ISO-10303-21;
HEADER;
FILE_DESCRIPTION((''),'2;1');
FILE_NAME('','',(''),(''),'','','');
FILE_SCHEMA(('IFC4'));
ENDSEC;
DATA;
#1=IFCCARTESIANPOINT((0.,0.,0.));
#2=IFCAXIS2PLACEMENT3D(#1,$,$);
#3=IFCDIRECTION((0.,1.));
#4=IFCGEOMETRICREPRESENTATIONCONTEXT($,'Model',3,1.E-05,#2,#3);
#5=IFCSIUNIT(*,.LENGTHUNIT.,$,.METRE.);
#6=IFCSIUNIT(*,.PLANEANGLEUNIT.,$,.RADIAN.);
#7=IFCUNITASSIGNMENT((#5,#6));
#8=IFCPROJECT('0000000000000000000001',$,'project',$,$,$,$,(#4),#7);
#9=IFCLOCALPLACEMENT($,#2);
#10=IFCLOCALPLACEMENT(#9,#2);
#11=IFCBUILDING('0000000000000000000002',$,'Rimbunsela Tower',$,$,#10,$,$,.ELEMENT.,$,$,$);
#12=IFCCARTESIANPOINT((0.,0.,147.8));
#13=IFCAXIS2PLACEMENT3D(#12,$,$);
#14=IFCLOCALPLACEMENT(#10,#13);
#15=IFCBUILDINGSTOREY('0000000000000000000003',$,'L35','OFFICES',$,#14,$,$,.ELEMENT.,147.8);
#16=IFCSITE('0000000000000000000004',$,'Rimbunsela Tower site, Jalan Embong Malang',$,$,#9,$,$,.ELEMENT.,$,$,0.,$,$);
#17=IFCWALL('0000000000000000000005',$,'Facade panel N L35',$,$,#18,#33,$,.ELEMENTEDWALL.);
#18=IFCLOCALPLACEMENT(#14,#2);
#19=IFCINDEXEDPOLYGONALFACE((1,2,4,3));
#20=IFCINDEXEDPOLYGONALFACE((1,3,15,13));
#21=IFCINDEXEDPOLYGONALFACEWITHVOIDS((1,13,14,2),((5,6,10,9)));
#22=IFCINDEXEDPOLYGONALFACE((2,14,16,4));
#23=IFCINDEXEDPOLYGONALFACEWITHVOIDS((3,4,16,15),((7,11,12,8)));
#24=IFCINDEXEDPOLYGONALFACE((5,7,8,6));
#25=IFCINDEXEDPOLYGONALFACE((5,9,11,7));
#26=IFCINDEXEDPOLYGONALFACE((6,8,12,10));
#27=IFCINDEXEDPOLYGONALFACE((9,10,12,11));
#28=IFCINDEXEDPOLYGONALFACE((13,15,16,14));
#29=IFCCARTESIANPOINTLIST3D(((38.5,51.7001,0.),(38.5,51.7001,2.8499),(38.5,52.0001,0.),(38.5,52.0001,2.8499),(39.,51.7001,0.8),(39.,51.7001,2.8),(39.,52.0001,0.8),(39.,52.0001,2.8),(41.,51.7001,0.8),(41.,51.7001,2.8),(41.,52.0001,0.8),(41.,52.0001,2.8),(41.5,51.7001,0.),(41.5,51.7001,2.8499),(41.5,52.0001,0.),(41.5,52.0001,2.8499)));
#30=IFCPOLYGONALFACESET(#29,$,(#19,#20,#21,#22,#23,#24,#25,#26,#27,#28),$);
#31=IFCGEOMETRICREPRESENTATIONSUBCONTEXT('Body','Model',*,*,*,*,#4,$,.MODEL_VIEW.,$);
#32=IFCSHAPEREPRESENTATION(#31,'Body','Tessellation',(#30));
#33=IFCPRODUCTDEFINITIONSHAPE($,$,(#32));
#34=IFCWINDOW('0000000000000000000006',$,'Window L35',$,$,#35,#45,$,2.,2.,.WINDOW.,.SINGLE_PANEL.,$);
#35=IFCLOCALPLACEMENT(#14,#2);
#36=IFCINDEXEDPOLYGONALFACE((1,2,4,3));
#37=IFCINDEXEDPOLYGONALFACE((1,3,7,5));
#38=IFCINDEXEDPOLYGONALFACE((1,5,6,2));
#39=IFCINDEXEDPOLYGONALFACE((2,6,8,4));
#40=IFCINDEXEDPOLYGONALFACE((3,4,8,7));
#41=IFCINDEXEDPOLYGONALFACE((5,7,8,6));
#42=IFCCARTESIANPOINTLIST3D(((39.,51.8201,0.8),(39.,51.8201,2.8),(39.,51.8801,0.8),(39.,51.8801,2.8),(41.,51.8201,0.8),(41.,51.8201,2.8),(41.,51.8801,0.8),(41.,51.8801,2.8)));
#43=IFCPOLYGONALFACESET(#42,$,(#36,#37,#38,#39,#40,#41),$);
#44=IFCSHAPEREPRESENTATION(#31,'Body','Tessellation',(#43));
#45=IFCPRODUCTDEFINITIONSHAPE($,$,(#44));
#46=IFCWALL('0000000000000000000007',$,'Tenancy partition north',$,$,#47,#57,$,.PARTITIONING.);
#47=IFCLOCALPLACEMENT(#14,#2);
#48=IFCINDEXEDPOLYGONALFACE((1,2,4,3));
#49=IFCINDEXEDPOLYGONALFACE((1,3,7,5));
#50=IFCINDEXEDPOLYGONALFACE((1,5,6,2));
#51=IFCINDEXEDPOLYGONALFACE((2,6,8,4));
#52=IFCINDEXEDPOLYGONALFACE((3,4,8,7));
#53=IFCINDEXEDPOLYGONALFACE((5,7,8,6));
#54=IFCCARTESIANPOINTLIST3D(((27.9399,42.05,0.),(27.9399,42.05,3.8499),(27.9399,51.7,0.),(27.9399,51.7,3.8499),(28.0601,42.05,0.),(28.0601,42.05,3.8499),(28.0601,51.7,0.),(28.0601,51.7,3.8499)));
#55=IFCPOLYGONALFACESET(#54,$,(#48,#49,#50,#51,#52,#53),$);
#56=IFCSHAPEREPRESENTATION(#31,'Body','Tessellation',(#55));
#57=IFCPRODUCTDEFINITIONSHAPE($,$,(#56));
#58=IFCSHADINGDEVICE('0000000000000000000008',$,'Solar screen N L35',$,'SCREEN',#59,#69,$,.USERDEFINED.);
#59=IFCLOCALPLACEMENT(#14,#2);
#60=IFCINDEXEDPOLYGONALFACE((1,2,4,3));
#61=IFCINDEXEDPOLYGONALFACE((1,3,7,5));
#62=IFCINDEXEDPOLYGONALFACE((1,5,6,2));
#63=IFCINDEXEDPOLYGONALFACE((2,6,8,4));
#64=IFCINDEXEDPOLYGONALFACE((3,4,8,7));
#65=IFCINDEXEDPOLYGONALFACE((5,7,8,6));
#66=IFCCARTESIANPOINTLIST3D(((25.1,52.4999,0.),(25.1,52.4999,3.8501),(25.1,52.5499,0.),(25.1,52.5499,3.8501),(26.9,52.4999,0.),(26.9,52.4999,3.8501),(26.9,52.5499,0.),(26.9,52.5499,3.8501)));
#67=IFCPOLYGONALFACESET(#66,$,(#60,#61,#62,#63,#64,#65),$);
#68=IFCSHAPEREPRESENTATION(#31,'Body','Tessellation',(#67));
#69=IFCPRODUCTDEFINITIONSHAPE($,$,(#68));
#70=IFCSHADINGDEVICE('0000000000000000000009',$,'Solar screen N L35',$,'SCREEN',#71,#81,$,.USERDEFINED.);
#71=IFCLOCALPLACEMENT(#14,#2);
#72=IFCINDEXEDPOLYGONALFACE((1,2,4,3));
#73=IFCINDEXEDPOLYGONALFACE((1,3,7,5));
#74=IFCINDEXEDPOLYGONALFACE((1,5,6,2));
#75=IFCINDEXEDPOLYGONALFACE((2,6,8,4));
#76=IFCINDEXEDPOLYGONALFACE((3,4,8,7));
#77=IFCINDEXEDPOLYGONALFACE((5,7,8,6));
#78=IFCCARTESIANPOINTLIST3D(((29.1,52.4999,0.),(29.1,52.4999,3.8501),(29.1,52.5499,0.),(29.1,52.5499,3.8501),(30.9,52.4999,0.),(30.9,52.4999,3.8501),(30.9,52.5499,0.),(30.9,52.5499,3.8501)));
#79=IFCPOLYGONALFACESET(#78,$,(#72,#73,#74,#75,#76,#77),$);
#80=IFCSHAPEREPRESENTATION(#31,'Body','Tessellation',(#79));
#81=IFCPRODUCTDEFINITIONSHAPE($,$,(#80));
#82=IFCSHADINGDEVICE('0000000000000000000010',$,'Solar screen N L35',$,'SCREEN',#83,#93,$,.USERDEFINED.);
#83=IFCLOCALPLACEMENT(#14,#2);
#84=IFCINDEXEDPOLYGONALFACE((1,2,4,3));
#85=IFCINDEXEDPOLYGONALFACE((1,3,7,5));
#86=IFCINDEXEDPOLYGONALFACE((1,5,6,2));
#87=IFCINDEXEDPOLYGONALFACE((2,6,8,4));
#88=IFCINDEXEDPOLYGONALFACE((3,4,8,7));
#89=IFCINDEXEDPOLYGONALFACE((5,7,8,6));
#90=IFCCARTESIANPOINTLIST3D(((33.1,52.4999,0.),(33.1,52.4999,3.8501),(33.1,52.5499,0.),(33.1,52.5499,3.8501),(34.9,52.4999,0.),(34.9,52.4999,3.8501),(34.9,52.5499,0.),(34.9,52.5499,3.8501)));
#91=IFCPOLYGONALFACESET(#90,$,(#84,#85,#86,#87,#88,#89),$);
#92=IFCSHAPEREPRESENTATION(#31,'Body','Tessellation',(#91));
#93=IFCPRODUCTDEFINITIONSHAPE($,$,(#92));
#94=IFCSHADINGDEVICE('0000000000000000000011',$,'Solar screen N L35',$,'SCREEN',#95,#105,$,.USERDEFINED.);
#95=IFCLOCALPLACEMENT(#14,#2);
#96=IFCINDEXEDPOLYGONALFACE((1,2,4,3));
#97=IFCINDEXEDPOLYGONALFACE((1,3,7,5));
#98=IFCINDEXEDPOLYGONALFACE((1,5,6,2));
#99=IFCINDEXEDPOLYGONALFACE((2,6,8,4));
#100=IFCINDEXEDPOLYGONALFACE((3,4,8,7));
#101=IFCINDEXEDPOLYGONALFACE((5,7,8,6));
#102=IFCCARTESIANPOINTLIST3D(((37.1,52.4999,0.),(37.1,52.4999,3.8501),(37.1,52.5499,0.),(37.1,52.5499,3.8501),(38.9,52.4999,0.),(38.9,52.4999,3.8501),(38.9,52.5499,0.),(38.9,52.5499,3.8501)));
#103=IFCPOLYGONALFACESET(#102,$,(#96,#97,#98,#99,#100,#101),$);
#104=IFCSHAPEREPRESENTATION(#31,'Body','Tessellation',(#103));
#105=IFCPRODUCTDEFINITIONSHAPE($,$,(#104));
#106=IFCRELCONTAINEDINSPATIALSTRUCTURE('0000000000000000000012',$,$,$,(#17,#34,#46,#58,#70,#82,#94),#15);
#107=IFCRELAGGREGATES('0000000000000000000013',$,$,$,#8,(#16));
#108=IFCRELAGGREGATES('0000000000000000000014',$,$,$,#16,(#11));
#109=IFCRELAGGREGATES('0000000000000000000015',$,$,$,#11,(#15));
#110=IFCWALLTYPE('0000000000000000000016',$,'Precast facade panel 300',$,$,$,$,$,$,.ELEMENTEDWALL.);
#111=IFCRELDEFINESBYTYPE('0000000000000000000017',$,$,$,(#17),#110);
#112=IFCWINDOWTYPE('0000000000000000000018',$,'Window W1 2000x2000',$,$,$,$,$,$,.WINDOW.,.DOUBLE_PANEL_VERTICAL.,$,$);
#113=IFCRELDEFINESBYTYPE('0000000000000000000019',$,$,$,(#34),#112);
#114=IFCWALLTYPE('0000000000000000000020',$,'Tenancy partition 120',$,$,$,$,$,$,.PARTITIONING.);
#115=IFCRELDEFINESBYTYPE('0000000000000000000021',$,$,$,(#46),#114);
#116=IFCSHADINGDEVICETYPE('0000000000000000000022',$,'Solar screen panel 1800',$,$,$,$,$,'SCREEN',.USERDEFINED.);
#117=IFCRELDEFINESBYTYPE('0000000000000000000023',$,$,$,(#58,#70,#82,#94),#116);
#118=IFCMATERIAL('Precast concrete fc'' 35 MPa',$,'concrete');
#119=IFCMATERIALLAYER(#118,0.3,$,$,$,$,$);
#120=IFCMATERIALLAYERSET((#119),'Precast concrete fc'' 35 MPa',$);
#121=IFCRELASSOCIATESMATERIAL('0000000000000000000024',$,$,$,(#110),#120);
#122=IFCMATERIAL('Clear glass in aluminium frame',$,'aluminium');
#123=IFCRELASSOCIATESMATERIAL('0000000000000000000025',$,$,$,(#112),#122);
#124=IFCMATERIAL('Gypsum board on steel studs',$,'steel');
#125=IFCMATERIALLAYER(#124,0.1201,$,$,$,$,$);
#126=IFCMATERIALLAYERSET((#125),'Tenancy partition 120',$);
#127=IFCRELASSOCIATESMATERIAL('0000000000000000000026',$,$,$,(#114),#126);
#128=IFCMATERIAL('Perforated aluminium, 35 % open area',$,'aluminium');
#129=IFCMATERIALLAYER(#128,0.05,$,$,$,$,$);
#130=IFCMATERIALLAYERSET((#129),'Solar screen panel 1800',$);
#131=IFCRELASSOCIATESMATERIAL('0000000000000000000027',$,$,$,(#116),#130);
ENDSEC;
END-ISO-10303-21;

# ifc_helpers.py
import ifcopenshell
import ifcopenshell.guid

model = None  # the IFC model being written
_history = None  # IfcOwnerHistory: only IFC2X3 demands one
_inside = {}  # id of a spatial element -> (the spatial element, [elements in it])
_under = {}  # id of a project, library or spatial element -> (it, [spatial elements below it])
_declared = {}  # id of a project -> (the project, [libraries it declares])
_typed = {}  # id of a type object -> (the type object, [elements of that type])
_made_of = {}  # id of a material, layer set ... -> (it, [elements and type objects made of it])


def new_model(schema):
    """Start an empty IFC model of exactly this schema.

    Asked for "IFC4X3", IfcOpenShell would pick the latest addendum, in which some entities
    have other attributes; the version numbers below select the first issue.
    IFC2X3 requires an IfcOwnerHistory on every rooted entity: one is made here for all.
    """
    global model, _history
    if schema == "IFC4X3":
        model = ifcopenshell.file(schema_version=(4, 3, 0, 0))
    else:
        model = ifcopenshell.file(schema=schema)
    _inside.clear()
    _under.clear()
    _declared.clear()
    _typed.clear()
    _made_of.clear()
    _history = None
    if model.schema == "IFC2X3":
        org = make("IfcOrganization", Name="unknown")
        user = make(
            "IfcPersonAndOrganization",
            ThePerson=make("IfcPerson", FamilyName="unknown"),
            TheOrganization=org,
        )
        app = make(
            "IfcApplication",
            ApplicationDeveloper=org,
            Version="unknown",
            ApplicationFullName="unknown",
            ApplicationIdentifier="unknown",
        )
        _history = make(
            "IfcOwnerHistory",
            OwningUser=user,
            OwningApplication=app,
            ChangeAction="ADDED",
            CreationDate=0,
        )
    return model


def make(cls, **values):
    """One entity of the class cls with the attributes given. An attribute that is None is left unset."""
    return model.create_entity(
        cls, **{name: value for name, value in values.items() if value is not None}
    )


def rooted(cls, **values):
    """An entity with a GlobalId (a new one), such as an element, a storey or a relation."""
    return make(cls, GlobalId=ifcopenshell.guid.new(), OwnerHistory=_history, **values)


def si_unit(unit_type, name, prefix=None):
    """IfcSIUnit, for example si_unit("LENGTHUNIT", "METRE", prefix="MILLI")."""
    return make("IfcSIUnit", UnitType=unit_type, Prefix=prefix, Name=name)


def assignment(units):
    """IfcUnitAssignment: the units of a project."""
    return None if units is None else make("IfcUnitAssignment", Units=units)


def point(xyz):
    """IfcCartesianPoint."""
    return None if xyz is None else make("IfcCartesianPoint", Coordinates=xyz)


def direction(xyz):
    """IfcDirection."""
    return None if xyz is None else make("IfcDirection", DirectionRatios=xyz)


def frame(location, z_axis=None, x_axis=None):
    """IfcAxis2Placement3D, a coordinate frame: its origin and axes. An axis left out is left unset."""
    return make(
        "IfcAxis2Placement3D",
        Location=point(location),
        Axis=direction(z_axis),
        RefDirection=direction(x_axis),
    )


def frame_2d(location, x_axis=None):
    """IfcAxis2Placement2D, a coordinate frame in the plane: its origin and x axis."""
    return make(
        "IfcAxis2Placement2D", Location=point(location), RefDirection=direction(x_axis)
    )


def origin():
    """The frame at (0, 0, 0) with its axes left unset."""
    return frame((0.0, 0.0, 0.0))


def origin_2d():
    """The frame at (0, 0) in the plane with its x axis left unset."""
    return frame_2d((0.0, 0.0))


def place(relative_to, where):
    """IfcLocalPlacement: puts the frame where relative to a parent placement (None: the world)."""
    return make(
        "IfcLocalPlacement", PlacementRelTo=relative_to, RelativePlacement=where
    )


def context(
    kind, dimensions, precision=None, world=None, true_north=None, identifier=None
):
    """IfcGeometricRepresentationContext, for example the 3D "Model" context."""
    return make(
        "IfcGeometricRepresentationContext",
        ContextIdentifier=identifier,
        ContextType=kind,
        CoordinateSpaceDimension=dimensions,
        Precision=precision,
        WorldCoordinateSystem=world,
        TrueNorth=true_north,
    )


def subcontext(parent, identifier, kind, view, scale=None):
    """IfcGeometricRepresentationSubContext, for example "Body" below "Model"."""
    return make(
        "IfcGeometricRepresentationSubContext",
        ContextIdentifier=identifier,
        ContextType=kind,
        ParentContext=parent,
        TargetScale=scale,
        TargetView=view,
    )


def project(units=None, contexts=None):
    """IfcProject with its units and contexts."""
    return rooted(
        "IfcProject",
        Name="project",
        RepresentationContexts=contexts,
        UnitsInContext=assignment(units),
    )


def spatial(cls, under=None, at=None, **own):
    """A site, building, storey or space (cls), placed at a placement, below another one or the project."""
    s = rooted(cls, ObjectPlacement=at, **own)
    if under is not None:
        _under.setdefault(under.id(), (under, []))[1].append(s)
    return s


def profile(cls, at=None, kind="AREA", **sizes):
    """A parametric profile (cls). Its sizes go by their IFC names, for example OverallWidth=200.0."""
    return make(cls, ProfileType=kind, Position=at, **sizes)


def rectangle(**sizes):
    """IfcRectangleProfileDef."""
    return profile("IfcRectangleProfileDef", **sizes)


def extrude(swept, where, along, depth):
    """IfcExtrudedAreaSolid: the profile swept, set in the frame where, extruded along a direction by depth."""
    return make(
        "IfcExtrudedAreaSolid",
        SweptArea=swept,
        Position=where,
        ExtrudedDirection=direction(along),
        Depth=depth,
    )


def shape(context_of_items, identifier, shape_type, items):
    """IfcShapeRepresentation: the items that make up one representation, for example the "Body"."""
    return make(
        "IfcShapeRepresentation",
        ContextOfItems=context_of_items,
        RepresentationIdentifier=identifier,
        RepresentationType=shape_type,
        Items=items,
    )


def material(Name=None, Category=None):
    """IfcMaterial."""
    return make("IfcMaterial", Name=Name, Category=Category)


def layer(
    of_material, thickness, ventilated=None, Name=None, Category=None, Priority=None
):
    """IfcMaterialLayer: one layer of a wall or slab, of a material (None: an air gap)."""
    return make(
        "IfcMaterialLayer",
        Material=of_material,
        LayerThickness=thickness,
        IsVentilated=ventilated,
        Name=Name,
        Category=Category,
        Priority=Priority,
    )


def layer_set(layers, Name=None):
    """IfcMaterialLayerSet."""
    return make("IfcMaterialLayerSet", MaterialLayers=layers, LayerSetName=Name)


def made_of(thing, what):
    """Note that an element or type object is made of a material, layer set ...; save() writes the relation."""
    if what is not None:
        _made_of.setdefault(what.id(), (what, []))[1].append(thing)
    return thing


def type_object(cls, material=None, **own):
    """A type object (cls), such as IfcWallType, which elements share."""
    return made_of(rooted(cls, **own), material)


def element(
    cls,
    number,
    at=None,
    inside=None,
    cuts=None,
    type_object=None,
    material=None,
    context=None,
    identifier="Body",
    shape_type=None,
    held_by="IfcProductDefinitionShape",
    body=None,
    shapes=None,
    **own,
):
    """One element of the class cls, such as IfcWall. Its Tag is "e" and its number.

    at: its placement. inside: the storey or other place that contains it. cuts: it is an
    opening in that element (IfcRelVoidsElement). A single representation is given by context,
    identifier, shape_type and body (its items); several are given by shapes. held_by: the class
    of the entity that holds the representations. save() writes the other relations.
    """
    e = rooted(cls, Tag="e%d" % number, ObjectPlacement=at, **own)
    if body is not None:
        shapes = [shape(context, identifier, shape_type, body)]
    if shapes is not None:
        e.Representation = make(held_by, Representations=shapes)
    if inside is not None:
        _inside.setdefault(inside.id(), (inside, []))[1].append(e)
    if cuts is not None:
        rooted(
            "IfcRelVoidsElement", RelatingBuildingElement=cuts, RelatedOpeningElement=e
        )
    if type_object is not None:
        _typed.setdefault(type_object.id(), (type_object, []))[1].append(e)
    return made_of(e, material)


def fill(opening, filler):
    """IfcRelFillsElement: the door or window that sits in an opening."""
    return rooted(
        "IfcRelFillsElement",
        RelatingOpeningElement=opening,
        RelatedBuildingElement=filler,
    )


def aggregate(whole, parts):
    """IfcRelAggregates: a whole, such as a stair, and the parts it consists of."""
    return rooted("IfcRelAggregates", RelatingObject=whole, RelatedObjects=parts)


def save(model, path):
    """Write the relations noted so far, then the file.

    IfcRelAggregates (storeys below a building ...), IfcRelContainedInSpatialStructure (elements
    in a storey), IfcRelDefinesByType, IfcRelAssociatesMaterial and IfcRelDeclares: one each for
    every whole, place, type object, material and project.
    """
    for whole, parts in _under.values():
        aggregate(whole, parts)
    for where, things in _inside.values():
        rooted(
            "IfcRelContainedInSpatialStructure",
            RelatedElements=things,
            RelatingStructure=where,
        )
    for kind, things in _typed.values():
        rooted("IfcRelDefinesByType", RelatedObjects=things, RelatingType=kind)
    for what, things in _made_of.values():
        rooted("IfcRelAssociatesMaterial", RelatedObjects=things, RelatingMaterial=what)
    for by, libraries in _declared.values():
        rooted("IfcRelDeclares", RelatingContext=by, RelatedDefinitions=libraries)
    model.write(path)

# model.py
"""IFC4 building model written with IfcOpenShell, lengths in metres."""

from ifc_helpers import new_model, si_unit, direction, frame, frame_2d, origin, origin_2d, place, context, subcontext, project, spatial, rectangle, extrude, material, layer, layer_set, type_object, element, fill, save


model = new_model("IFC4")

# Units and contexts
model_context = context("Model", 3, precision=1e-05, world=origin(), true_north=direction((0.0, 1.0)))
body_context = subcontext(model_context, "Body", "Model", "MODEL_VIEW")
ifc_project = project(units=[si_unit("LENGTHUNIT", "METRE"), si_unit("PLANEANGLEUNIT", "RADIAN")], contexts=[model_context])

# Site, building, storey
site_placement = place(None, origin())
site = spatial("IfcSite", under=ifc_project, at=site_placement, Name="Rimbunsela Tower site, Jalan Embong Malang", CompositionType="ELEMENT", RefElevation=0.0)
building_placement = place(site_placement, origin())
building = spatial("IfcBuilding", under=site, at=building_placement, Name="Rimbunsela Tower", CompositionType="ELEMENT")
storey_placement = place(building_placement, frame((0.0, 0.0, 147.8)))
storey = spatial("IfcBuildingStorey", under=building, at=storey_placement, Name="L35", Description="OFFICES", CompositionType="ELEMENT", Elevation=147.8)

# Shared definitions
ifc_material_1 = material(Name="Precast concrete fc' 35 MPa", Category="concrete")
ifc_layer_1 = layer(ifc_material_1, 0.3)
ifc_layer_set_1 = layer_set([ifc_layer_1], Name="Precast concrete fc' 35 MPa")
wall_type_1 = type_object("IfcWallType", Name="Precast facade panel 300", PredefinedType="ELEMENTEDWALL", material=ifc_layer_set_1)

# Wall, opening, window
ifc_material_2 = material(Name="Clear glass in aluminium frame", Category="aluminium")
window_type_1 = type_object("IfcWindowType", Name="Window W1 2000x2000", PartitioningType="DOUBLE_PANEL_VERTICAL", PredefinedType="WINDOW", material=ifc_material_2)
wall_1_placement = place(storey_placement, frame((41.5, 51.8501, 0.0), z_axis=(0.0, 0.0, 1.0), x_axis=(-1.0, 0.0, 0.0)))
wall_1 = element("IfcWall", 1, at=wall_1_placement, inside=storey, type_object=wall_type_1, Name="Facade panel N L35", PredefinedType="ELEMENTEDWALL", context=body_context, shape_type="SweptSolid", body=[
    extrude(rectangle(XDim=3.0, YDim=0.3, at=frame_2d((1.5, 0.0))), origin(), (0.0, 0.0, 1.0), 2.8499),
])
opening_1_placement = place(wall_1_placement, frame((0.5, 0.0, 0.8)))
opening_1 = element("IfcOpeningElement", 2, at=opening_1_placement, cuts=wall_1, PredefinedType="OPENING", context=body_context, shape_type="SweptSolid", body=[
    extrude(rectangle(XDim=2.0, YDim=2.0, at=frame_2d((1.0, 1.0))), frame((0.0, 0.1599, 0.0), z_axis=(0.0, -1.0, 0.0), x_axis=(1.0, 0.0, 0.0)), (0.0, 0.0, 1.0), 0.3201),
])
window_1_placement = place(opening_1_placement, origin())
window_1 = element("IfcWindow", 3, at=window_1_placement, inside=storey, type_object=window_type_1, Name="Window L35", OverallHeight=2.0, OverallWidth=2.0, PartitioningType="SINGLE_PANEL", PredefinedType="WINDOW", context=body_context, shape_type="SweptSolid", body=[
    extrude(rectangle(XDim=2.0, YDim=2.0, at=frame_2d((1.0, 1.0))), frame((0.0, 0.03, 0.0), z_axis=(0.0, -1.0, 0.0), x_axis=(1.0, 0.0, 0.0)), (0.0, 0.0, 1.0), 0.0601),
])
fill(opening_1, window_1)

# Wall
ifc_material_3 = material(Name="Gypsum board on steel studs", Category="steel")
ifc_layer_2 = layer(ifc_material_3, 0.1201)
ifc_layer_set_2 = layer_set([ifc_layer_2], Name="Tenancy partition 120")
wall_type_2 = type_object("IfcWallType", Name="Tenancy partition 120", PredefinedType="PARTITIONING", material=ifc_layer_set_2)
wall_2_placement = place(storey_placement, frame((28.0, 42.05, 0.0), z_axis=(0.0, 0.0, 1.0), x_axis=(0.0, 1.0, 0.0)))
element("IfcWall", 4, at=wall_2_placement, inside=storey, type_object=wall_type_2, Name="Tenancy partition north", PredefinedType="PARTITIONING", context=body_context, shape_type="SweptSolid", body=[
    extrude(rectangle(XDim=9.6499, YDim=0.1201, at=frame_2d((4.825, 0.0))), origin(), (0.0, 0.0, 1.0), 3.8499),
])

# Shading devices
ifc_material_4 = material(Name="Perforated aluminium, 35 % open area", Category="aluminium")
ifc_layer_3 = layer(ifc_material_4, 0.05)
ifc_layer_set_3 = layer_set([ifc_layer_3], Name="Solar screen panel 1800")
shading_device_type = type_object("IfcShadingDeviceType", Name="Solar screen panel 1800", ElementType="SCREEN", PredefinedType="USERDEFINED", material=ifc_layer_set_3)
for number, where, z_axis, x_axis, name in (
    (5, (26.0, 52.5249, 0.0), (0.0, 0.0, 1.0), (1.0, 0.0, 0.0), "Solar screen N L35"),
    (6, (30.0, 52.5249, 0.0), (0.0, 0.0, 1.0), (1.0, 0.0, 0.0), "Solar screen N L35"),
    (7, (34.0, 52.5249, 0.0), (0.0, 0.0, 1.0), (1.0, 0.0, 0.0), "Solar screen N L35"),
    (8, (38.0, 52.5249, 0.0), (0.0, 0.0, 1.0), (1.0, 0.0, 0.0), "Solar screen N L35"),
):
    element("IfcShadingDevice", number, at=place(storey_placement, frame(where, z_axis=z_axis, x_axis=x_axis)), inside=storey, type_object=shading_device_type, Name=name, ObjectType="SCREEN", PredefinedType="USERDEFINED", context=body_context, shape_type="SweptSolid", body=[
        extrude(rectangle(XDim=1.8, YDim=0.05, at=origin_2d()), origin(), (0.0, 0.0, 1.0), 3.8501),
    ])

save(model, "model.ifc")
